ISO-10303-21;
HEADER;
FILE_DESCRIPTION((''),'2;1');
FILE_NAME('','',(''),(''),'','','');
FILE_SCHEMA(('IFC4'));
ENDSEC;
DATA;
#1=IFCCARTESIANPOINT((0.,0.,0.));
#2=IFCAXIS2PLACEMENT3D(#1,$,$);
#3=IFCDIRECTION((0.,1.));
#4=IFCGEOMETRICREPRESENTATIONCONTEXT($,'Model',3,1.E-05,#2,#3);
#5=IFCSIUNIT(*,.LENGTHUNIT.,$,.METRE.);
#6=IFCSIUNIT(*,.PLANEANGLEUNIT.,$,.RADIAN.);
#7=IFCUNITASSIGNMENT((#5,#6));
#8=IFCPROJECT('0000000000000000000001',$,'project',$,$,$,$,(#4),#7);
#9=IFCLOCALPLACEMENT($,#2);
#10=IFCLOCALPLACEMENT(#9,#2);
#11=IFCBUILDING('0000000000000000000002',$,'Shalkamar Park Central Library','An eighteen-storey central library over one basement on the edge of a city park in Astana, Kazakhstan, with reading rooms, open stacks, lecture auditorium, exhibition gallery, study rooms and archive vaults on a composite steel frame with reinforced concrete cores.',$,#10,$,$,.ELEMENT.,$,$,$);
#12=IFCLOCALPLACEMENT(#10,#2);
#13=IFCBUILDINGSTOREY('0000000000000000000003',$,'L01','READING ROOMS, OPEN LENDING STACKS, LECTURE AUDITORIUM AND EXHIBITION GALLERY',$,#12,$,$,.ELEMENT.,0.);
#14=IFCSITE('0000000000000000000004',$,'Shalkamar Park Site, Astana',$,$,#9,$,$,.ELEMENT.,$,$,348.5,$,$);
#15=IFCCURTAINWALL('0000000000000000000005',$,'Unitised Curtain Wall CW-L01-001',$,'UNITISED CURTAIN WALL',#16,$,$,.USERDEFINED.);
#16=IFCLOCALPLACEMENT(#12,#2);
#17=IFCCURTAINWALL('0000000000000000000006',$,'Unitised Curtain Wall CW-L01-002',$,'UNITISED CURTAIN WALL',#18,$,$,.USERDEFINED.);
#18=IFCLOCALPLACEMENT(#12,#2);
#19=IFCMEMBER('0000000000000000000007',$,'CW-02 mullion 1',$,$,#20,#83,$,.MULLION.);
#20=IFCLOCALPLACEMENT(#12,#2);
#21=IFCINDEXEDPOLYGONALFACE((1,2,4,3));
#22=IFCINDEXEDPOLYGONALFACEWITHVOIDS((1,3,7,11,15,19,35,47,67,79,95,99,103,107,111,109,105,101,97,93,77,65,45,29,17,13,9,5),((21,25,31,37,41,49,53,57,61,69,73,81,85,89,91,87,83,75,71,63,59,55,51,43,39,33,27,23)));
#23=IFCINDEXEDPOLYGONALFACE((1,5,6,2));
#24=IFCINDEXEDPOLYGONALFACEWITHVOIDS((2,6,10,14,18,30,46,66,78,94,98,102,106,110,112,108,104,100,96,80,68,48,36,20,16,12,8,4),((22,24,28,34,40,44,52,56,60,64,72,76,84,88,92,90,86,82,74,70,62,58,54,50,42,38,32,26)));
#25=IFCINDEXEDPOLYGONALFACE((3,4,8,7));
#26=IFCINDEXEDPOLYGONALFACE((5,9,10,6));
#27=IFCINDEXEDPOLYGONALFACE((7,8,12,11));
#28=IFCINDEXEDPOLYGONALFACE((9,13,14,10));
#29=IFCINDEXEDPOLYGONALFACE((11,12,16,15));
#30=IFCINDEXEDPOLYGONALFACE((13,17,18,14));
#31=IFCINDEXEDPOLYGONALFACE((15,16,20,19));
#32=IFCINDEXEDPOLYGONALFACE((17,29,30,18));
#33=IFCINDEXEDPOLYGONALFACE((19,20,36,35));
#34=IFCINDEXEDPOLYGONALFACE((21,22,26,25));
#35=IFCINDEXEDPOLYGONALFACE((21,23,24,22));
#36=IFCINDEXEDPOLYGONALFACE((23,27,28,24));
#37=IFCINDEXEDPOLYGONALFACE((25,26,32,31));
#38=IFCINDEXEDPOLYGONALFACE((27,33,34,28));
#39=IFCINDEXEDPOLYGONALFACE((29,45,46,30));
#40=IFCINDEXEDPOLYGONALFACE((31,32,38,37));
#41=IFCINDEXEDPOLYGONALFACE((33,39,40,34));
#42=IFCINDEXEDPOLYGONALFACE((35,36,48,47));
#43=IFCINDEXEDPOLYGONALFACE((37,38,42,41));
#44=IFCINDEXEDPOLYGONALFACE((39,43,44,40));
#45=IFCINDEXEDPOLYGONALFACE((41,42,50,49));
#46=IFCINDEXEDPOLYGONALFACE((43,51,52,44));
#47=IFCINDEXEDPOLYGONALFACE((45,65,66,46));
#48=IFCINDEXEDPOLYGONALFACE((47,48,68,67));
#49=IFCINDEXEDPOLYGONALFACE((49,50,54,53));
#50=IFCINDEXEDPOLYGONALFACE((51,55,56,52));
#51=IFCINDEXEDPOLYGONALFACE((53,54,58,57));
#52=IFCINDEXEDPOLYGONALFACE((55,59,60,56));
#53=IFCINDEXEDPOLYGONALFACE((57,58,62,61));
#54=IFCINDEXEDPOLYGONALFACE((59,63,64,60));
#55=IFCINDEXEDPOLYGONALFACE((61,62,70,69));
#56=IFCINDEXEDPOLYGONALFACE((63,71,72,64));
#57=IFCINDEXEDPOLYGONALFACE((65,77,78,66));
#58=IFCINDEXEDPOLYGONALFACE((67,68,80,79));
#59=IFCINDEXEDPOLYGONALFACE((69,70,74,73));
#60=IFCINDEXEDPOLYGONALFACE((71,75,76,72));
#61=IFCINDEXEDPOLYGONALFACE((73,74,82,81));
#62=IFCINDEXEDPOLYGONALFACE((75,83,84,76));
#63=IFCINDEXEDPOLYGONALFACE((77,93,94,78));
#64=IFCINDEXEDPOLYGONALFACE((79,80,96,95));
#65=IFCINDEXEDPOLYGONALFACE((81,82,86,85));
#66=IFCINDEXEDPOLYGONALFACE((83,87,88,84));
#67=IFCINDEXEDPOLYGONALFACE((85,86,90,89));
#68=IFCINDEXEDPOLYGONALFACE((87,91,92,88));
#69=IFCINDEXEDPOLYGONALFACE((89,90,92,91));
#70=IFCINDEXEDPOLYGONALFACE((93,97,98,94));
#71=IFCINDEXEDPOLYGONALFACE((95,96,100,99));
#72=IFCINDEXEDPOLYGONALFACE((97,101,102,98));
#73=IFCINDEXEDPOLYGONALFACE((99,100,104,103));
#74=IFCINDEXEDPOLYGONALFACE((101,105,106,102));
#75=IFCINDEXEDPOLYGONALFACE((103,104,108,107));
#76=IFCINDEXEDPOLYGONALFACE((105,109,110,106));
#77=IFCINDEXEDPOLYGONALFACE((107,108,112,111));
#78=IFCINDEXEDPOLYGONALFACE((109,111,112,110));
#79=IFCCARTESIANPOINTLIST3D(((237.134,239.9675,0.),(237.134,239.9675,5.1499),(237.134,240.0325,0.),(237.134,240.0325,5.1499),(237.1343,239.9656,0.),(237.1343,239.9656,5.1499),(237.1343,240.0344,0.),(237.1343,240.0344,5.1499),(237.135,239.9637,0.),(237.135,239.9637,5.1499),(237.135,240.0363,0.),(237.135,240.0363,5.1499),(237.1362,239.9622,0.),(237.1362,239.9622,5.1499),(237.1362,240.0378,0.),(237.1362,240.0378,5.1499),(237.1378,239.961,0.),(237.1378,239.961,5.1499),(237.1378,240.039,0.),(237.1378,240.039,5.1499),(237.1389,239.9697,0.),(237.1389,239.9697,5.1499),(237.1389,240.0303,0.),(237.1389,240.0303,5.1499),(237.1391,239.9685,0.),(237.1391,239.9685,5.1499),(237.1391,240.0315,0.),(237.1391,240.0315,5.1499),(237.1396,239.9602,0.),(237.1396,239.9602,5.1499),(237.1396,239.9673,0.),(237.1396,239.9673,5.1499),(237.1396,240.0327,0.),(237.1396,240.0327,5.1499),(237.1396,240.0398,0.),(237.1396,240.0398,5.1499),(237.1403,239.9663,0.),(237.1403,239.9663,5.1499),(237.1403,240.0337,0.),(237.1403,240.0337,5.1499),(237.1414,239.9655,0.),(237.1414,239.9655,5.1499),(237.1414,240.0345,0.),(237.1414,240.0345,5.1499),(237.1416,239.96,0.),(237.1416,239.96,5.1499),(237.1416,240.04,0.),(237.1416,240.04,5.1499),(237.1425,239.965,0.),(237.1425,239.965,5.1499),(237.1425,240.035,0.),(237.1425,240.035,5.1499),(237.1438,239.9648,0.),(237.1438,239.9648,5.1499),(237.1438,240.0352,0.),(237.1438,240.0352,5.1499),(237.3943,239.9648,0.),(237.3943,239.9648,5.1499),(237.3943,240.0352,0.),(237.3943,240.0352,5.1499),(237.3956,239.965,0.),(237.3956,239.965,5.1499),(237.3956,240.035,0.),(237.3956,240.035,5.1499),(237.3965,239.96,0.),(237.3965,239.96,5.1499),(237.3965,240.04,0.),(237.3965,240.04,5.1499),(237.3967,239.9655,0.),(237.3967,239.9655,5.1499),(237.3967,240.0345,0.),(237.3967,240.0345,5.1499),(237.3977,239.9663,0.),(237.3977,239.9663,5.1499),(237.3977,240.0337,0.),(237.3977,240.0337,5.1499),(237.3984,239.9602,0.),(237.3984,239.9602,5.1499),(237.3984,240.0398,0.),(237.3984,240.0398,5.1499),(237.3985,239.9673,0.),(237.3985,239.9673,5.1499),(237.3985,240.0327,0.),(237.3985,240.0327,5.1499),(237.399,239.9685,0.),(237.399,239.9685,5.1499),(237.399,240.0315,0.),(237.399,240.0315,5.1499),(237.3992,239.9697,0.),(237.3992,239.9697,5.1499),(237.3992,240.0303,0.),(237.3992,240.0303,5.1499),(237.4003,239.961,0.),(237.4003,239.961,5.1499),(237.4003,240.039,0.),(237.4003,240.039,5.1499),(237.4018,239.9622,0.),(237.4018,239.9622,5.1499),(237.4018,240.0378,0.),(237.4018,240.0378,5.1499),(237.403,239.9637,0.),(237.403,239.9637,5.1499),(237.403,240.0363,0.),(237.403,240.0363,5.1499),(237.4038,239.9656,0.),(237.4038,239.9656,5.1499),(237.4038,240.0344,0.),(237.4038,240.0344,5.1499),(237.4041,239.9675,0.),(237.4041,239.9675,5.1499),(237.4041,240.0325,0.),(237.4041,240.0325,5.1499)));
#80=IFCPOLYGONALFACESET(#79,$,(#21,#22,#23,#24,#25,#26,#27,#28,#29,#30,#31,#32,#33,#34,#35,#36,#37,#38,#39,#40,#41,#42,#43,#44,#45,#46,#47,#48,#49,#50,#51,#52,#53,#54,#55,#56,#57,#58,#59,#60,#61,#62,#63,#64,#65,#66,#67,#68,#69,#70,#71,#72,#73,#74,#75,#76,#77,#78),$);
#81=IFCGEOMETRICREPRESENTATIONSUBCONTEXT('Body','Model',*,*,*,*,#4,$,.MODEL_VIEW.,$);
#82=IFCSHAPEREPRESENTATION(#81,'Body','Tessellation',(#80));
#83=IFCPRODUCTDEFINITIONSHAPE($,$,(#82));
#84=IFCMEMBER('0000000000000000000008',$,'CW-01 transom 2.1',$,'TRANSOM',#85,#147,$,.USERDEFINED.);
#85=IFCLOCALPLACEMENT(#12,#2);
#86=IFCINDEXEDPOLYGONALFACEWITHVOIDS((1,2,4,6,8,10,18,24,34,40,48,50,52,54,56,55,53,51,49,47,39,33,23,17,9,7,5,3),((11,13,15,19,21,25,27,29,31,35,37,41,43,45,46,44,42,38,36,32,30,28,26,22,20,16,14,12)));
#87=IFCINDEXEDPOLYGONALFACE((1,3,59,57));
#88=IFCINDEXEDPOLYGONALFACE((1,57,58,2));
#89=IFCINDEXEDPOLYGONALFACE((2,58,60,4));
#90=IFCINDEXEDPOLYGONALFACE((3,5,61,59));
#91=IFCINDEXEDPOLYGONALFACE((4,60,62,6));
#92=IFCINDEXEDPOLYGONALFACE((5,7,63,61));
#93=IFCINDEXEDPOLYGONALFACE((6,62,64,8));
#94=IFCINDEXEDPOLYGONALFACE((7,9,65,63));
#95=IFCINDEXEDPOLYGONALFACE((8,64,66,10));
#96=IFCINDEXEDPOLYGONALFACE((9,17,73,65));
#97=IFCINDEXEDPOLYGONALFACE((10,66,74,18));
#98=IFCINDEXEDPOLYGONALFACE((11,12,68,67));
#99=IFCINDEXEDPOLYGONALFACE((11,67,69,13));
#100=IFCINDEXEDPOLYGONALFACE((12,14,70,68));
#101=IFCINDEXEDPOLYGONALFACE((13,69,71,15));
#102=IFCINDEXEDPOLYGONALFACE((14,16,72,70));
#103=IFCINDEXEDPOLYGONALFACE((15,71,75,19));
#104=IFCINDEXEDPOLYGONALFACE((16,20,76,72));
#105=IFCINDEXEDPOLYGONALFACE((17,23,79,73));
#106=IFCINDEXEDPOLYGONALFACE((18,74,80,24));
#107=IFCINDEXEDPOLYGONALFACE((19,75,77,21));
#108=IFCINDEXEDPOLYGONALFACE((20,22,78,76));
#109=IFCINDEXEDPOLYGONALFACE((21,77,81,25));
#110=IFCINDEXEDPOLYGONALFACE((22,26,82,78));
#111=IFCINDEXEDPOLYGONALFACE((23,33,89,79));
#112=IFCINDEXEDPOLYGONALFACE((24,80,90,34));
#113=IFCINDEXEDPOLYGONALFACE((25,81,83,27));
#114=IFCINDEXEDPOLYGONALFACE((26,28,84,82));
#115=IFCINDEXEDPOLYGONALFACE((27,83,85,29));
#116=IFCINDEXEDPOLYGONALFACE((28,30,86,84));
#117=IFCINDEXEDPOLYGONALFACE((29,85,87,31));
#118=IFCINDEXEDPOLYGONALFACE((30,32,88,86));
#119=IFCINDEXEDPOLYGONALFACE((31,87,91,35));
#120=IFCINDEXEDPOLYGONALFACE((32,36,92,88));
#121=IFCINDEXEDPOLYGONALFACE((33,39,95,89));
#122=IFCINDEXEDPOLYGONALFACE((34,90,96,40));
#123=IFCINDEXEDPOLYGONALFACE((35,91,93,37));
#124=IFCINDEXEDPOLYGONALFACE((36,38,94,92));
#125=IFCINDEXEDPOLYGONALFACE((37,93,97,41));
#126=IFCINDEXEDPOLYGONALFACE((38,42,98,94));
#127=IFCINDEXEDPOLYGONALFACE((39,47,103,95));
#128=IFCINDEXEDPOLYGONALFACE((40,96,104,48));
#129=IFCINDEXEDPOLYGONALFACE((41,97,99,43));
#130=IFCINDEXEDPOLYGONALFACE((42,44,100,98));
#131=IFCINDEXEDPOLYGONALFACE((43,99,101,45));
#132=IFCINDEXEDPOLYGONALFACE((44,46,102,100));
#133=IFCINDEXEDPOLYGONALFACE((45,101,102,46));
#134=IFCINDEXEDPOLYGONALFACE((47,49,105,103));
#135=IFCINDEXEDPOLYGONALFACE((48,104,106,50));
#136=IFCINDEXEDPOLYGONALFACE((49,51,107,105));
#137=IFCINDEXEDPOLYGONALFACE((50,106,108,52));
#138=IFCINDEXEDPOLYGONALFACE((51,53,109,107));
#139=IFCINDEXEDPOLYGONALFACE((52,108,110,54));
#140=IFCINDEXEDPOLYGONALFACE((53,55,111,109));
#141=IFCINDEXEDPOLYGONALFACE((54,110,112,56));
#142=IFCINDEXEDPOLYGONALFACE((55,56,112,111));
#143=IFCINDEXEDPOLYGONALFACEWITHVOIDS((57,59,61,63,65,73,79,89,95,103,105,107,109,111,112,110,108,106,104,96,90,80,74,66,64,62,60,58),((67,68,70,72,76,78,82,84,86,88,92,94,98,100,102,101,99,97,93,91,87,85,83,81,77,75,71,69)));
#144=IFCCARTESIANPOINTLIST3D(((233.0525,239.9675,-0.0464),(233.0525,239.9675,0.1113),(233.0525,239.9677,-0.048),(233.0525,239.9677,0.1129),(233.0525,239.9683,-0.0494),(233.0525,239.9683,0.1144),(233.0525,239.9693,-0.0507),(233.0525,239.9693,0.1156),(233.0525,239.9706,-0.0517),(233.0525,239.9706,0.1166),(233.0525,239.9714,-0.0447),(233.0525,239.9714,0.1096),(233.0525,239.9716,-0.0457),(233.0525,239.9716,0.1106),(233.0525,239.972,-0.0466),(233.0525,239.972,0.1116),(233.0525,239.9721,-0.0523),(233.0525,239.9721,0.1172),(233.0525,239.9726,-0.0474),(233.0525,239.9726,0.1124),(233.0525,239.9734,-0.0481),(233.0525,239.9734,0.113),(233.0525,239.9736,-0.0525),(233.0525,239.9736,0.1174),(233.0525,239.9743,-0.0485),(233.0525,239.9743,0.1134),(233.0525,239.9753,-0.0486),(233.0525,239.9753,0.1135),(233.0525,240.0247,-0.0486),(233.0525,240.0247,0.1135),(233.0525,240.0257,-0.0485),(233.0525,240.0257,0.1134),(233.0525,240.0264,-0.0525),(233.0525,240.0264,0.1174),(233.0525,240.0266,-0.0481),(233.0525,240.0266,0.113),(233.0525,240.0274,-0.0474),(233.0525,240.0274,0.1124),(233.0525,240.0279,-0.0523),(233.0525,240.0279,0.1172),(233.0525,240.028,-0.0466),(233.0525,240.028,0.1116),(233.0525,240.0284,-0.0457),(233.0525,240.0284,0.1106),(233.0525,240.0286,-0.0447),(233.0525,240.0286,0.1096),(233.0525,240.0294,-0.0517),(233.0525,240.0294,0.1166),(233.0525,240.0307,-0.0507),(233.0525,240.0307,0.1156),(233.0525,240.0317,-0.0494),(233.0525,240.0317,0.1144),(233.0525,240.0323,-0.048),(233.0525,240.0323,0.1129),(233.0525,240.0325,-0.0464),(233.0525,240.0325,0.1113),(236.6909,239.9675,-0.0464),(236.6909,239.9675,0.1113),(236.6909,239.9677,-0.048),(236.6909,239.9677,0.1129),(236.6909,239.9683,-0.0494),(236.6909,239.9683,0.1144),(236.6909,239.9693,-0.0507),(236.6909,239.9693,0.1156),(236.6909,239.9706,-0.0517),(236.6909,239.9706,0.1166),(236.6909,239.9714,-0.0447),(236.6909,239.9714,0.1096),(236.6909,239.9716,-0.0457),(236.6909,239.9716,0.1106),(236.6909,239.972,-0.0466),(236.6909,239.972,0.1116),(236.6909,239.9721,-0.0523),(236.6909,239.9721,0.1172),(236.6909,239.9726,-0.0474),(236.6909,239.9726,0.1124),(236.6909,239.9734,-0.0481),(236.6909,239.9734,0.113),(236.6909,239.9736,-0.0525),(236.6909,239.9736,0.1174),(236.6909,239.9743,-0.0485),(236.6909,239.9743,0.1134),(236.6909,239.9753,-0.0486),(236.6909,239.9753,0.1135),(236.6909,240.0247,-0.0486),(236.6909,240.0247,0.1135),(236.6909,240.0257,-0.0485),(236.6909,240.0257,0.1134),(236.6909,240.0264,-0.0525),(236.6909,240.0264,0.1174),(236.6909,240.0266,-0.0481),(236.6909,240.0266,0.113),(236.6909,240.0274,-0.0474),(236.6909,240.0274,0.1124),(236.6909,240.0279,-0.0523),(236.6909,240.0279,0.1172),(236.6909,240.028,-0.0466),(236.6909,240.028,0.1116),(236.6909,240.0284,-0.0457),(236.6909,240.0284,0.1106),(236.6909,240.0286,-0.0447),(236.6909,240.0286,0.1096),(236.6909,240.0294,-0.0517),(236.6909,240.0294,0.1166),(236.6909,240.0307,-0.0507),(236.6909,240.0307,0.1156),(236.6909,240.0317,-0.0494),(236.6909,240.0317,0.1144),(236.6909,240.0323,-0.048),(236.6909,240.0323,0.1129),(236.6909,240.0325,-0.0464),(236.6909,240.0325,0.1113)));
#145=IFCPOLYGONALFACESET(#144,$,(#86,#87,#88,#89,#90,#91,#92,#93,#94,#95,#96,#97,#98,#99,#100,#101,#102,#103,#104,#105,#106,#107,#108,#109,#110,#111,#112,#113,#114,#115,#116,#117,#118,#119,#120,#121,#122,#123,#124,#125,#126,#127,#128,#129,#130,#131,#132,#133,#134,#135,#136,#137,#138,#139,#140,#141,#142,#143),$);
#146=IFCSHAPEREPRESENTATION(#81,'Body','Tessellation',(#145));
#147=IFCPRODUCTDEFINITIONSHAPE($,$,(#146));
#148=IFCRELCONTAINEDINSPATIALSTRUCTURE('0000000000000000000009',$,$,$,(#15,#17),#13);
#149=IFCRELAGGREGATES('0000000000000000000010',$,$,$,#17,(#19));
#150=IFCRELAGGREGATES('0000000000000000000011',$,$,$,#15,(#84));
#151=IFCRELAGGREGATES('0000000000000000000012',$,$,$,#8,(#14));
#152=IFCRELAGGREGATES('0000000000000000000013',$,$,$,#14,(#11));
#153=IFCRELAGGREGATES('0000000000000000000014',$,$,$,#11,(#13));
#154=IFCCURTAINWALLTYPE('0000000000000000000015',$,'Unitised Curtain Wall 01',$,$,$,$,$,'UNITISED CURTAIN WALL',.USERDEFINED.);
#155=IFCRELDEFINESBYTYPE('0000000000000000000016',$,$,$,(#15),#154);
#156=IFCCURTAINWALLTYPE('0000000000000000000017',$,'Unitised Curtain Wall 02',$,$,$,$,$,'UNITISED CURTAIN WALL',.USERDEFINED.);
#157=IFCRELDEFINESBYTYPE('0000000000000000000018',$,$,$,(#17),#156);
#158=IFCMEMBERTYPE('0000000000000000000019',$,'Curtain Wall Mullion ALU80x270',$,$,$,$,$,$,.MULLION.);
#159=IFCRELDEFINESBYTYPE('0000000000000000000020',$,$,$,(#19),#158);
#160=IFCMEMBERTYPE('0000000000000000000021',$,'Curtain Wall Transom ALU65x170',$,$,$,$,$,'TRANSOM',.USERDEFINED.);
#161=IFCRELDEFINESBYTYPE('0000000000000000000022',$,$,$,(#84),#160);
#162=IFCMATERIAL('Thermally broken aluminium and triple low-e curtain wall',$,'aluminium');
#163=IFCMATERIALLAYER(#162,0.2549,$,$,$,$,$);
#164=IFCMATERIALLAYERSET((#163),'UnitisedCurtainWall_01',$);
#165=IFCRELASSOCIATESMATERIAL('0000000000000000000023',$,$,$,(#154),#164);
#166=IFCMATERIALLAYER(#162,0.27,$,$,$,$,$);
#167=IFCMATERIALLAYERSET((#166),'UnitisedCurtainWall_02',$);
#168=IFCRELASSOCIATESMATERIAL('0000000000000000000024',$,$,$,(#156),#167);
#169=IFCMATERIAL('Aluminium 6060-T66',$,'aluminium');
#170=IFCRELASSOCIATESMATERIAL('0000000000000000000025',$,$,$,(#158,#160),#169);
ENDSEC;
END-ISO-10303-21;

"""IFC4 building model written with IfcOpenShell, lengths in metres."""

from ifc_helpers import new_model, si_unit, direction, frame, origin, origin_2d, place, context, subcontext, project, spatial, hollow_rectangle, extrude, material, layer, layer_set, material_profile, profile_set, type_object, element, aggregate, save


model = new_model("IFC4")

# Units and contexts
model_context = context("Model", 3, precision=1e-05, world=origin(), true_north=direction((0.0, 1.0)))
body_context = subcontext(model_context, "Body", "Model", "MODEL_VIEW")
ifc_project = project(units=[si_unit("LENGTHUNIT", "METRE"), si_unit("PLANEANGLEUNIT", "RADIAN")], contexts=[model_context])

# Site, building, storey
site_placement = place(None, origin())
site = spatial("IfcSite", under=ifc_project, at=site_placement, Name="Shalkamar Park Site, Astana", CompositionType="ELEMENT", RefElevation=348.5)
building_placement = place(site_placement, origin())
building = spatial("IfcBuilding", under=site, at=building_placement, Name="Shalkamar Park Central Library", Description="An eighteen-storey central library over one basement on the edge of a city park in Astana, Kazakhstan, with reading rooms, open stacks, lecture auditorium, exhibition gallery, study rooms and archive vaults on a composite steel frame with reinforced concrete cores.", CompositionType="ELEMENT")
storey_placement = place(building_placement, origin())
storey = spatial("IfcBuildingStorey", under=building, at=storey_placement, Name="L01", Description="READING ROOMS, OPEN LENDING STACKS, LECTURE AUDITORIUM AND EXHIBITION GALLERY", CompositionType="ELEMENT", Elevation=0.0)

# Curtain wall
ifc_material_1 = material(Name="Thermally broken aluminium and triple low-e curtain wall", Category="aluminium")
ifc_layer_1 = layer(ifc_material_1, 0.2549)
ifc_layer_set_1 = layer_set([ifc_layer_1], Name="UnitisedCurtainWall_01")
curtain_wall_type_1 = type_object("IfcCurtainWallType", Name="Unitised Curtain Wall 01", ElementType="UNITISED CURTAIN WALL", PredefinedType="USERDEFINED", material=ifc_layer_set_1)
curtain_wall_1_placement = place(storey_placement, origin())
curtain_wall_1 = element("IfcCurtainWall", 1, at=curtain_wall_1_placement, inside=storey, type_object=curtain_wall_type_1, Name="Unitised Curtain Wall CW-L01-001", ObjectType="UNITISED CURTAIN WALL", PredefinedType="USERDEFINED")
ifc_material_2 = material(Name="Aluminium 6060-T66", Category="aluminium")

# Curtain wall, member
ifc_layer_2 = layer(ifc_material_1, 0.27)
ifc_layer_set_2 = layer_set([ifc_layer_2], Name="UnitisedCurtainWall_02")
curtain_wall_type_2 = type_object("IfcCurtainWallType", Name="Unitised Curtain Wall 02", ElementType="UNITISED CURTAIN WALL", PredefinedType="USERDEFINED", material=ifc_layer_set_2)
curtain_wall_2_placement = place(storey_placement, origin())
curtain_wall_2 = element("IfcCurtainWall", 2, at=curtain_wall_2_placement, inside=storey, type_object=curtain_wall_type_2, Name="Unitised Curtain Wall CW-L01-002", ObjectType="UNITISED CURTAIN WALL", PredefinedType="USERDEFINED")
ifc_material_profile_1 = material_profile(ifc_material_2, hollow_rectangle(XDim=0.0801, YDim=0.27, WallThickness=0.0049, InnerFilletRadius=0.0049, OuterFilletRadius=0.0076, at=origin_2d()), Name="ALU 80x270x5")
ifc_profile_set_1 = profile_set([ifc_material_profile_1], Name="Aluminium 6060-T66")
member_type_1 = type_object("IfcMemberType", Name="Curtain Wall Mullion ALU80x270", PredefinedType="MULLION", material=ifc_profile_set_1)
member_1_placement = place(storey_placement, frame((237.269, 240.0, 0.0), z_axis=(0.0, 0.0, 1.0), x_axis=(0.0, 1.0, 0.0)))
member_1 = element("IfcMember", 3, at=member_1_placement, type_object=member_type_1, Name="CW-02 mullion 1", PredefinedType="MULLION", context=body_context, shape_type="SweptSolid", body=[
    extrude(hollow_rectangle(XDim=0.0801, YDim=0.27, WallThickness=0.0049, InnerFilletRadius=0.0049, OuterFilletRadius=0.0076, at=origin_2d()), origin(), (0.0, 0.0, 1.0), 5.1499),
])

# Member
ifc_material_profile_2 = material_profile(ifc_material_2, hollow_rectangle(XDim=0.0649, YDim=0.1699, WallThickness=0.0039, InnerFilletRadius=0.0039, OuterFilletRadius=0.0061, at=origin_2d()), Name="ALU 65x170x4")
ifc_profile_set_2 = profile_set([ifc_material_profile_2], Name="Aluminium 6060-T66")
member_type_2 = type_object("IfcMemberType", Name="Curtain Wall Transom ALU65x170", ElementType="TRANSOM", PredefinedType="USERDEFINED", material=ifc_profile_set_2)
member_2_placement = place(storey_placement, frame((233.0525, 240.0, 0.0325), z_axis=(1.0, 0.0, 0.0), x_axis=(0.0, 1.0, 0.0)))
member_2 = element("IfcMember", 4, at=member_2_placement, type_object=member_type_2, Name="CW-01 transom 2.1", ObjectType="TRANSOM", PredefinedType="USERDEFINED", context=body_context, shape_type="SweptSolid", body=[
    extrude(hollow_rectangle(XDim=0.0649, YDim=0.1699, WallThickness=0.0039, InnerFilletRadius=0.0039, OuterFilletRadius=0.0061, at=origin_2d()), origin(), (0.0, 0.0, 1.0), 3.6384),
])
aggregate(curtain_wall_2, [member_1])

aggregate(curtain_wall_1, [member_2])

save(model, "model.ifc")
